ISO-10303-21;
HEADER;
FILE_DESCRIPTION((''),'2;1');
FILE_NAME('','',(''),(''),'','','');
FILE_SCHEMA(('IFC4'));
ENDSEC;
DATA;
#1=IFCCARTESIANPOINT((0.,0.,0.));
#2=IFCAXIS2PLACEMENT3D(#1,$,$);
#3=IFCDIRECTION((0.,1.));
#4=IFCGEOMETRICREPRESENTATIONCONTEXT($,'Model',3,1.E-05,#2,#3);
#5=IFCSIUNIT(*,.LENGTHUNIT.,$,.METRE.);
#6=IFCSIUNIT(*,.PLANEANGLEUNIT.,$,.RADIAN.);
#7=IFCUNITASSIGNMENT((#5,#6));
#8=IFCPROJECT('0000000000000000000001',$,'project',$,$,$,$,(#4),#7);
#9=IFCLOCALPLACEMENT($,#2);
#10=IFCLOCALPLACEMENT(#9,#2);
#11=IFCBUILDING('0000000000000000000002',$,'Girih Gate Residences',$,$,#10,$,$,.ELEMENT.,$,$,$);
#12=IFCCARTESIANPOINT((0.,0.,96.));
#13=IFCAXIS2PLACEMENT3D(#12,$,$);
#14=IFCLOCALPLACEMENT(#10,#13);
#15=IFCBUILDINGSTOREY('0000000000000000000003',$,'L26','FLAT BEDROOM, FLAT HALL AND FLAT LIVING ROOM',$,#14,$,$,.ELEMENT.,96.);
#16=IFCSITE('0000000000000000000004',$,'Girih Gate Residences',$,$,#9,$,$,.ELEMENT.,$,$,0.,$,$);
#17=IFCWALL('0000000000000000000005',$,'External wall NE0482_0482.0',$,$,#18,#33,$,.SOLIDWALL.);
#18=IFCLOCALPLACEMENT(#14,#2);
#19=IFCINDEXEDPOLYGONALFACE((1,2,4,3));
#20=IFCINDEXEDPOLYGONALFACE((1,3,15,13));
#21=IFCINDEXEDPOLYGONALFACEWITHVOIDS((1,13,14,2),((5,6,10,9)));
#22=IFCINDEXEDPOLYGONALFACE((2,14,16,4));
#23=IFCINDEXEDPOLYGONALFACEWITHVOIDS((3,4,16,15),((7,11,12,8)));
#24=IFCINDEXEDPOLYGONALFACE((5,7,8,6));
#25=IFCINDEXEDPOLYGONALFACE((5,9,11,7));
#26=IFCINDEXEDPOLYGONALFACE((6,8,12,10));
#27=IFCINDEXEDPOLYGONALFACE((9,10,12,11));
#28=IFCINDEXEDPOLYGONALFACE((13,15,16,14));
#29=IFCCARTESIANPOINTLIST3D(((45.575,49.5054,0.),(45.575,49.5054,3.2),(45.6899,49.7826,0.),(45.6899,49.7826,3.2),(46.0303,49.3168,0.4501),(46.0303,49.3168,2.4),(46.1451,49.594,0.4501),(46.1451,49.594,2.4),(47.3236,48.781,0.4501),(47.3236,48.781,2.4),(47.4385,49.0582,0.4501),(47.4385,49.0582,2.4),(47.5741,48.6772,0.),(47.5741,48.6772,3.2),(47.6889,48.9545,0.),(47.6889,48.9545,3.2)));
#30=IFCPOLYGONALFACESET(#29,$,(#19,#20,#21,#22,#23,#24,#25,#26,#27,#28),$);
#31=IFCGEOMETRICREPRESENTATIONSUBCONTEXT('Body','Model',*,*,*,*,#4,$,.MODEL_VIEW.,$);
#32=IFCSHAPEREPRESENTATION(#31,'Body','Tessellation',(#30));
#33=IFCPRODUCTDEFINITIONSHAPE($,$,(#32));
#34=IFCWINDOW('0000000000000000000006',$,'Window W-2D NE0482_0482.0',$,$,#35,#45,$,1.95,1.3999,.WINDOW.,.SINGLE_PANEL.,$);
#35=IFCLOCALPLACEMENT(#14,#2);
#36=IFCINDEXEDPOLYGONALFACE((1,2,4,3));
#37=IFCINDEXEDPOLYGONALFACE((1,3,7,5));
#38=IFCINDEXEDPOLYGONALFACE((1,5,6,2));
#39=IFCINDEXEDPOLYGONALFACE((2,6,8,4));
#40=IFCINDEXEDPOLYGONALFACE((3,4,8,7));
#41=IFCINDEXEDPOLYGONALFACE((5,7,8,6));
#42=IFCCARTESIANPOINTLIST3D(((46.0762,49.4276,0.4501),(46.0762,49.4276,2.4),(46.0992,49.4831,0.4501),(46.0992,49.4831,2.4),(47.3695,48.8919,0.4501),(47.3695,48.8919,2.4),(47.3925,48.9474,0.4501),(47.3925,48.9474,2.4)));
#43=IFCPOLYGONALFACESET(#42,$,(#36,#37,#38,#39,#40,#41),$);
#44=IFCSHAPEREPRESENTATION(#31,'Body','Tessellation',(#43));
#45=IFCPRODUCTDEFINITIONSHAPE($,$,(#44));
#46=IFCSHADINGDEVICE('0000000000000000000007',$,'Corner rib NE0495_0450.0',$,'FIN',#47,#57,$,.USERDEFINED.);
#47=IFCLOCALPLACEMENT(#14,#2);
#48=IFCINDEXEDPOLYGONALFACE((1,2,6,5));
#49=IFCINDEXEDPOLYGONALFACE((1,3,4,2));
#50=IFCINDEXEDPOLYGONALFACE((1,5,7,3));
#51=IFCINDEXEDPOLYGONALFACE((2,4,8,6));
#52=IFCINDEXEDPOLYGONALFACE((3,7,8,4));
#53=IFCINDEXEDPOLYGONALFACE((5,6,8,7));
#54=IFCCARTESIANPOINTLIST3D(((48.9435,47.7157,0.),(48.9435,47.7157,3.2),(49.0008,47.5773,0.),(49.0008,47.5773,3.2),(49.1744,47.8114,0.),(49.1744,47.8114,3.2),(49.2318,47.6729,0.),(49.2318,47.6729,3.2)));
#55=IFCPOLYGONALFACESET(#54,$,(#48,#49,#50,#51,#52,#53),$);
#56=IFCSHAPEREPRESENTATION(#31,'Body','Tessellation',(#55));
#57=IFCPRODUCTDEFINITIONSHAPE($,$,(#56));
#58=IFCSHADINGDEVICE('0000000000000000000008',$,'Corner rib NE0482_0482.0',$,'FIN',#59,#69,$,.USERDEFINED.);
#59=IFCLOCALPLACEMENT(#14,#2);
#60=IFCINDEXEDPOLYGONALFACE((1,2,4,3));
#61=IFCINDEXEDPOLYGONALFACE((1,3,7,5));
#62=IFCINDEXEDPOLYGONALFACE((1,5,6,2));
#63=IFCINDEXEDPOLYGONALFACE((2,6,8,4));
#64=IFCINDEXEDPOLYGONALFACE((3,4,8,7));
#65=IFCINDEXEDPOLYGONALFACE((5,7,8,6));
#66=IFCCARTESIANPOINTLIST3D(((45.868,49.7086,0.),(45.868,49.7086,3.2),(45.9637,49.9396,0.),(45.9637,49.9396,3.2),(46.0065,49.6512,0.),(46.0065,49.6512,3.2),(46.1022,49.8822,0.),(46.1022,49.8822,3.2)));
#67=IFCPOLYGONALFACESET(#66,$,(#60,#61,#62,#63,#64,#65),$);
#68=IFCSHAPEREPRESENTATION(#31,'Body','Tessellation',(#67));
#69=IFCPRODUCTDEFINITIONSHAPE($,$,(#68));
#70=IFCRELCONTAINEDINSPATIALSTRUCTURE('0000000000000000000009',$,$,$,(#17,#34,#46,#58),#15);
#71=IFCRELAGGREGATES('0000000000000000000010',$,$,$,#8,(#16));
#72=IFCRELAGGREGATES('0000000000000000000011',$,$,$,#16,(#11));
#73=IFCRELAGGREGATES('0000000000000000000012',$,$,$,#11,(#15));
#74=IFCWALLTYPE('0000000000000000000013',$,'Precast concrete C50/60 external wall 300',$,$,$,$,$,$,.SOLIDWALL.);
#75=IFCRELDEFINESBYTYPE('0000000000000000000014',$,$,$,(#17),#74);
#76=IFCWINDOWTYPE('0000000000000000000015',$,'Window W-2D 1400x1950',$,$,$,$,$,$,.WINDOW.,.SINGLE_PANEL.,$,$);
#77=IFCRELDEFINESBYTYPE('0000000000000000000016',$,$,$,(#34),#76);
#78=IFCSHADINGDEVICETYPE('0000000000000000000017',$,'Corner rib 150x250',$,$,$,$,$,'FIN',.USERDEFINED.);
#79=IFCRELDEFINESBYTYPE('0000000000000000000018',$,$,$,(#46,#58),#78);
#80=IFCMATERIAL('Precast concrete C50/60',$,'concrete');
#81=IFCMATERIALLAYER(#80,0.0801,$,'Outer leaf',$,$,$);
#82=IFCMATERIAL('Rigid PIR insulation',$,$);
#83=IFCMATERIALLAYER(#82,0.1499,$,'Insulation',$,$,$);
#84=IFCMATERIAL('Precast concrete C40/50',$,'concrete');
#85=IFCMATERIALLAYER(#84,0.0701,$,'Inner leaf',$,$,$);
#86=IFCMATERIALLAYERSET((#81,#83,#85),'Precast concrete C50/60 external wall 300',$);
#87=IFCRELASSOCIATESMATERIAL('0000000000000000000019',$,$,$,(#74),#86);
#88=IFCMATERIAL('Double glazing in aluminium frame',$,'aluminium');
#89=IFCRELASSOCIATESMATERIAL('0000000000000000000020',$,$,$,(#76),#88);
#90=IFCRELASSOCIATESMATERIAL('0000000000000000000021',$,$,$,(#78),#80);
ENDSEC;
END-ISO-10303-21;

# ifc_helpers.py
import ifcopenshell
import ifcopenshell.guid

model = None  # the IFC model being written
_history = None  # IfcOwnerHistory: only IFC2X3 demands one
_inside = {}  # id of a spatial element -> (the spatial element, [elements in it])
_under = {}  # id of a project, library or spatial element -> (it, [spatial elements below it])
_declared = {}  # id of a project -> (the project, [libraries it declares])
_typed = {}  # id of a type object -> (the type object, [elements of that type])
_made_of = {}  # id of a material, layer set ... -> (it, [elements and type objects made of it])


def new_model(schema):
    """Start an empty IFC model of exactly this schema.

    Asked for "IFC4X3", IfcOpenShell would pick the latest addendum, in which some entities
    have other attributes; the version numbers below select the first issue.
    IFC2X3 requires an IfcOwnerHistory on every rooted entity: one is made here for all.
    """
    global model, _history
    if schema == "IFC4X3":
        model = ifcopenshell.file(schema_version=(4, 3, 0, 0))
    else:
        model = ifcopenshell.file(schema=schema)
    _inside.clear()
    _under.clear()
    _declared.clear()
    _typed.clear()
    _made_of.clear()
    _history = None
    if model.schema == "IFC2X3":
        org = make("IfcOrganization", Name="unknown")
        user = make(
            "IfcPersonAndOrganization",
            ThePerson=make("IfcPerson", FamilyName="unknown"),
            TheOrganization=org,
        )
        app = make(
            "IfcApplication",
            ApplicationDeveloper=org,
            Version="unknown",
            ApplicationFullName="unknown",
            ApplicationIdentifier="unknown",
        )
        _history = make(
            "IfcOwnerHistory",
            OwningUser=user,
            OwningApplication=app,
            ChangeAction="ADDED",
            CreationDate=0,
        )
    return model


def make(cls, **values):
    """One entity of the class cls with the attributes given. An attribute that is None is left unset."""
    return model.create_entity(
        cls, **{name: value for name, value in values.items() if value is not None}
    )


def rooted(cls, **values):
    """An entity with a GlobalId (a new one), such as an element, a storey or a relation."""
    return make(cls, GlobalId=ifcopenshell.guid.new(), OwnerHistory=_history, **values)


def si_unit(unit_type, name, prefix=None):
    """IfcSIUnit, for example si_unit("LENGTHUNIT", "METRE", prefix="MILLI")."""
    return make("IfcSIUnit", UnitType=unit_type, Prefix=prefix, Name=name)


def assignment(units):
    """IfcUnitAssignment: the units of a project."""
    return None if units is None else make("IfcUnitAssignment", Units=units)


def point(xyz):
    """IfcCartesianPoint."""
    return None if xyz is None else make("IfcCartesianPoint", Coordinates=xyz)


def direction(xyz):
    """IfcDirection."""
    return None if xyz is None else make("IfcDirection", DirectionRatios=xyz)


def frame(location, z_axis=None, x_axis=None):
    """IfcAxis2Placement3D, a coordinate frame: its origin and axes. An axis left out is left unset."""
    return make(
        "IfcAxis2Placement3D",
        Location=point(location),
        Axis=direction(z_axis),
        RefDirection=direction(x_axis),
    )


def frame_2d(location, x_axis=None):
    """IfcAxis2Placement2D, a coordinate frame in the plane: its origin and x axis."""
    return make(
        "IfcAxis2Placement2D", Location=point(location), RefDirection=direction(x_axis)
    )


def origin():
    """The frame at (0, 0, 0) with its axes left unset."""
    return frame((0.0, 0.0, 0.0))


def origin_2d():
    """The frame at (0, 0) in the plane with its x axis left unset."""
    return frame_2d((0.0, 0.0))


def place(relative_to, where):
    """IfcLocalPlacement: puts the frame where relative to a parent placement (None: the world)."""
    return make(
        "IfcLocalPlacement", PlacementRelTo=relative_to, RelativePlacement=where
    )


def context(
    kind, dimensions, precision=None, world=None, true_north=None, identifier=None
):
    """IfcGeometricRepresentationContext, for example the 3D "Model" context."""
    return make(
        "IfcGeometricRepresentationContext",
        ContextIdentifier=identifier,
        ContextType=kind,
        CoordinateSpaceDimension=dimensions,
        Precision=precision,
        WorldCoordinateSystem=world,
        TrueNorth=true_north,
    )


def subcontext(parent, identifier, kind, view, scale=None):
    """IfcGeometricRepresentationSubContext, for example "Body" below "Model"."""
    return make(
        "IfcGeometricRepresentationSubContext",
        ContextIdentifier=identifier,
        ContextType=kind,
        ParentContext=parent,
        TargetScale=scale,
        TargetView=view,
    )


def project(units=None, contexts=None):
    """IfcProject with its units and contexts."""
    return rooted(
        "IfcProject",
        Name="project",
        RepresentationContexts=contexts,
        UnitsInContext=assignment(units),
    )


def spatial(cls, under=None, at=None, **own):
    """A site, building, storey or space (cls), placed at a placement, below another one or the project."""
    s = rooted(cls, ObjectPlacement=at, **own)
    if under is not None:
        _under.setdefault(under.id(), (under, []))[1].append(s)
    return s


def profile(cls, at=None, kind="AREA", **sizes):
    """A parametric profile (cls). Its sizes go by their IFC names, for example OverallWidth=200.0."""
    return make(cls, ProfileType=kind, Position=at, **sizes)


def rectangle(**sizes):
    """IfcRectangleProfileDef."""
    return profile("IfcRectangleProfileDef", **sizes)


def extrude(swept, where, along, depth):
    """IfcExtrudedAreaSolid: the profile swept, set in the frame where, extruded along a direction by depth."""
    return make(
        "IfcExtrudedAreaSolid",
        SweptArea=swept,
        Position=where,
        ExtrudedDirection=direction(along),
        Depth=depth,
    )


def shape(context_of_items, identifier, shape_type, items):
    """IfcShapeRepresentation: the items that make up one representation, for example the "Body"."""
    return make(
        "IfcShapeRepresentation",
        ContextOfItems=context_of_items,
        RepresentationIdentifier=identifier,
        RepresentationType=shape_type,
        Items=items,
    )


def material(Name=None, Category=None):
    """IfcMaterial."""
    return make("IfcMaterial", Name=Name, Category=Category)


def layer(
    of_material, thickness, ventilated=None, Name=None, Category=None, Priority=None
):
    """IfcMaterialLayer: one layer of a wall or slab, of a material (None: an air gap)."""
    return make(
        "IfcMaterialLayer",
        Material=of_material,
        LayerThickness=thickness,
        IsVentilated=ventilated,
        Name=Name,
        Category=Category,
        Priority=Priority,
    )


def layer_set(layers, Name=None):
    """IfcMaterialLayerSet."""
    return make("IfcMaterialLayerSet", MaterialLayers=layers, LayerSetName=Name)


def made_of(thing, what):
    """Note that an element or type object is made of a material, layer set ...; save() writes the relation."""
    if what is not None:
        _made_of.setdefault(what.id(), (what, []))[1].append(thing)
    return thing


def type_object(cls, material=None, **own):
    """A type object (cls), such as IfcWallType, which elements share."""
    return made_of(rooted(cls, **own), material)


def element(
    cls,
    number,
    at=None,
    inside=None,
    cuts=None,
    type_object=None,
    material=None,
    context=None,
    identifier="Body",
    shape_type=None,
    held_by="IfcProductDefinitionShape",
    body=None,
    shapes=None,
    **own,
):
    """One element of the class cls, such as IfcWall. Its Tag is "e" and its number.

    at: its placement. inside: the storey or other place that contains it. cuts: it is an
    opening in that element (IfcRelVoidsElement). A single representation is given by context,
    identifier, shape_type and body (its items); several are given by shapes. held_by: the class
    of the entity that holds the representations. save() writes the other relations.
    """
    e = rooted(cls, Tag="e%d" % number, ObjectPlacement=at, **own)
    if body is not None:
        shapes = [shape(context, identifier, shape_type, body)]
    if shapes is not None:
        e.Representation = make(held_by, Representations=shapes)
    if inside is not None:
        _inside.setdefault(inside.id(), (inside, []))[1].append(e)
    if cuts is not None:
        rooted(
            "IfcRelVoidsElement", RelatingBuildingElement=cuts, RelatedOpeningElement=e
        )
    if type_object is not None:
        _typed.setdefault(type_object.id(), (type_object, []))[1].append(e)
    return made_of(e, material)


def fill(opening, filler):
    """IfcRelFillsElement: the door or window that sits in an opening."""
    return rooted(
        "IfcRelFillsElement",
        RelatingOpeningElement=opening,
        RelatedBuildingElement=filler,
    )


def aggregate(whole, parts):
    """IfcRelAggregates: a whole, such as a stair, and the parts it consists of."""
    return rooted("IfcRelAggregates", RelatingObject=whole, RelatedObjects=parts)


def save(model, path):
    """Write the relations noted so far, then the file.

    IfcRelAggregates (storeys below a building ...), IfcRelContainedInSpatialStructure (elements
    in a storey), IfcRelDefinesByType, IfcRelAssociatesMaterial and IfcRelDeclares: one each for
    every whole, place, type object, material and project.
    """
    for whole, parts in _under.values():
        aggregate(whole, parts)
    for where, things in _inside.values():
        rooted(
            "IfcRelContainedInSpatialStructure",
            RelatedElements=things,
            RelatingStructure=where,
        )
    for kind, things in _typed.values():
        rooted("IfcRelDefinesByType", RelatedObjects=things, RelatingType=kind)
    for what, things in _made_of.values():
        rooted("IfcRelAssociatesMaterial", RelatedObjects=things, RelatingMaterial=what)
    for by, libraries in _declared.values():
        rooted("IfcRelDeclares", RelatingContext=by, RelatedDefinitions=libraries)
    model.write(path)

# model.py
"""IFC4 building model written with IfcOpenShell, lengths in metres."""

from ifc_helpers import new_model, si_unit, direction, frame, frame_2d, origin, origin_2d, place, context, subcontext, project, spatial, rectangle, extrude, material, layer, layer_set, type_object, element, fill, save


model = new_model("IFC4")

# Units and contexts
model_context = context("Model", 3, precision=1e-05, world=origin(), true_north=direction((0.0, 1.0)))
body_context = subcontext(model_context, "Body", "Model", "MODEL_VIEW")
ifc_project = project(units=[si_unit("LENGTHUNIT", "METRE"), si_unit("PLANEANGLEUNIT", "RADIAN")], contexts=[model_context])

# Site, building, storey
site_placement = place(None, origin())
site = spatial("IfcSite", under=ifc_project, at=site_placement, Name="Girih Gate Residences", CompositionType="ELEMENT", RefElevation=0.0)
building_placement = place(site_placement, origin())
building = spatial("IfcBuilding", under=site, at=building_placement, Name="Girih Gate Residences", CompositionType="ELEMENT")
storey_placement = place(building_placement, frame((0.0, 0.0, 96.0)))
storey = spatial("IfcBuildingStorey", under=building, at=storey_placement, Name="L26", Description="FLAT BEDROOM, FLAT HALL AND FLAT LIVING ROOM", CompositionType="ELEMENT", Elevation=96.0)

# Wall, opening, window
ifc_material_1 = material(Name="Precast concrete C50/60", Category="concrete")
ifc_layer_1 = layer(ifc_material_1, 0.0801, Name="Outer leaf")
ifc_material_2 = material(Name="Rigid PIR insulation")
ifc_layer_2 = layer(ifc_material_2, 0.1499, Name="Insulation")
ifc_material_3 = material(Name="Precast concrete C40/50", Category="concrete")
ifc_layer_3 = layer(ifc_material_3, 0.0701, Name="Inner leaf")
ifc_layer_set_1 = layer_set([ifc_layer_1, ifc_layer_2, ifc_layer_3], Name="Precast concrete C50/60 external wall 300")
wall_type_1 = type_object("IfcWallType", Name="Precast concrete C50/60 external wall 300", PredefinedType="SOLIDWALL", material=ifc_layer_set_1)
ifc_material_4 = material(Name="Double glazing in aluminium frame", Category="aluminium")
window_type_1 = type_object("IfcWindowType", Name="Window W-2D 1400x1950", PartitioningType="SINGLE_PANEL", PredefinedType="WINDOW", material=ifc_material_4)
wall_1_placement = place(storey_placement, frame((45.6323, 49.644, 0.0), z_axis=(0.0, 0.0, 1.0), x_axis=(0.923863, -0.382724, 0.0)))
wall_1 = element("IfcWall", 1, at=wall_1_placement, inside=storey, type_object=wall_type_1, Name="External wall NE0482_0482.0", PredefinedType="SOLIDWALL", context=body_context, shape_type="SweptSolid", body=[
    extrude(rectangle(XDim=2.1638, YDim=0.3, at=frame_2d((1.082, 0.0))), origin(), (0.0, 0.0, 1.0), 3.2),
])
opening_1_placement = place(wall_1_placement, frame((0.4929, 0.0, 0.45)))
opening_1 = element("IfcOpeningElement", 2, at=opening_1_placement, cuts=wall_1, PredefinedType="OPENING", context=body_context, shape_type="SweptSolid", body=[
    extrude(rectangle(XDim=1.3999, YDim=1.95, at=frame_2d((0.7, 0.9751))), frame((0.0, 0.1599, 0.0), z_axis=(0.0, -1.0, 0.0), x_axis=(1.0, 0.0, 0.0)), (0.0, 0.0, 1.0), 0.3201),
])
window_1_placement = place(opening_1_placement, origin())
window_1 = element("IfcWindow", 3, at=window_1_placement, inside=storey, type_object=window_type_1, Name="Window W-2D NE0482_0482.0", OverallHeight=1.95, OverallWidth=1.3999, PartitioningType="SINGLE_PANEL", PredefinedType="WINDOW", context=body_context, shape_type="SweptSolid", body=[
    extrude(rectangle(XDim=1.3999, YDim=1.95, at=frame_2d((0.7, 0.9751))), frame((0.0, 0.03, 0.0), z_axis=(0.0, -1.0, 0.0), x_axis=(1.0, 0.0, 0.0)), (0.0, 0.0, 1.0), 0.0601),
])
fill(opening_1, window_1)

# Shading devices
shading_device_type = type_object("IfcShadingDeviceType", Name="Corner rib 150x250", ElementType="FIN", PredefinedType="USERDEFINED", material=ifc_material_1)
for number, where, z_axis, x_axis, name in (
    (4, (49.0876, 47.6943, 0.0), (0.0, 0.0, 1.0), (-0.382683, 0.92388, 0.0), "Corner rib NE0495_0450.0"),
    (5, (45.9851, 49.7954, 0.0), (0.0, 0.0, 1.0), (-0.92388, 0.382683, 0.0), "Corner rib NE0482_0482.0"),
):
    element("IfcShadingDevice", number, at=place(storey_placement, frame(where, z_axis=z_axis, x_axis=x_axis)), inside=storey, type_object=shading_device_type, Name=name, ObjectType="FIN", PredefinedType="USERDEFINED", context=body_context, shape_type="SweptSolid", body=[
        extrude(rectangle(XDim=0.1499, YDim=0.25, at=origin_2d()), origin(), (0.0, 0.0, 1.0), 3.2),
    ])

save(model, "model.ifc")
